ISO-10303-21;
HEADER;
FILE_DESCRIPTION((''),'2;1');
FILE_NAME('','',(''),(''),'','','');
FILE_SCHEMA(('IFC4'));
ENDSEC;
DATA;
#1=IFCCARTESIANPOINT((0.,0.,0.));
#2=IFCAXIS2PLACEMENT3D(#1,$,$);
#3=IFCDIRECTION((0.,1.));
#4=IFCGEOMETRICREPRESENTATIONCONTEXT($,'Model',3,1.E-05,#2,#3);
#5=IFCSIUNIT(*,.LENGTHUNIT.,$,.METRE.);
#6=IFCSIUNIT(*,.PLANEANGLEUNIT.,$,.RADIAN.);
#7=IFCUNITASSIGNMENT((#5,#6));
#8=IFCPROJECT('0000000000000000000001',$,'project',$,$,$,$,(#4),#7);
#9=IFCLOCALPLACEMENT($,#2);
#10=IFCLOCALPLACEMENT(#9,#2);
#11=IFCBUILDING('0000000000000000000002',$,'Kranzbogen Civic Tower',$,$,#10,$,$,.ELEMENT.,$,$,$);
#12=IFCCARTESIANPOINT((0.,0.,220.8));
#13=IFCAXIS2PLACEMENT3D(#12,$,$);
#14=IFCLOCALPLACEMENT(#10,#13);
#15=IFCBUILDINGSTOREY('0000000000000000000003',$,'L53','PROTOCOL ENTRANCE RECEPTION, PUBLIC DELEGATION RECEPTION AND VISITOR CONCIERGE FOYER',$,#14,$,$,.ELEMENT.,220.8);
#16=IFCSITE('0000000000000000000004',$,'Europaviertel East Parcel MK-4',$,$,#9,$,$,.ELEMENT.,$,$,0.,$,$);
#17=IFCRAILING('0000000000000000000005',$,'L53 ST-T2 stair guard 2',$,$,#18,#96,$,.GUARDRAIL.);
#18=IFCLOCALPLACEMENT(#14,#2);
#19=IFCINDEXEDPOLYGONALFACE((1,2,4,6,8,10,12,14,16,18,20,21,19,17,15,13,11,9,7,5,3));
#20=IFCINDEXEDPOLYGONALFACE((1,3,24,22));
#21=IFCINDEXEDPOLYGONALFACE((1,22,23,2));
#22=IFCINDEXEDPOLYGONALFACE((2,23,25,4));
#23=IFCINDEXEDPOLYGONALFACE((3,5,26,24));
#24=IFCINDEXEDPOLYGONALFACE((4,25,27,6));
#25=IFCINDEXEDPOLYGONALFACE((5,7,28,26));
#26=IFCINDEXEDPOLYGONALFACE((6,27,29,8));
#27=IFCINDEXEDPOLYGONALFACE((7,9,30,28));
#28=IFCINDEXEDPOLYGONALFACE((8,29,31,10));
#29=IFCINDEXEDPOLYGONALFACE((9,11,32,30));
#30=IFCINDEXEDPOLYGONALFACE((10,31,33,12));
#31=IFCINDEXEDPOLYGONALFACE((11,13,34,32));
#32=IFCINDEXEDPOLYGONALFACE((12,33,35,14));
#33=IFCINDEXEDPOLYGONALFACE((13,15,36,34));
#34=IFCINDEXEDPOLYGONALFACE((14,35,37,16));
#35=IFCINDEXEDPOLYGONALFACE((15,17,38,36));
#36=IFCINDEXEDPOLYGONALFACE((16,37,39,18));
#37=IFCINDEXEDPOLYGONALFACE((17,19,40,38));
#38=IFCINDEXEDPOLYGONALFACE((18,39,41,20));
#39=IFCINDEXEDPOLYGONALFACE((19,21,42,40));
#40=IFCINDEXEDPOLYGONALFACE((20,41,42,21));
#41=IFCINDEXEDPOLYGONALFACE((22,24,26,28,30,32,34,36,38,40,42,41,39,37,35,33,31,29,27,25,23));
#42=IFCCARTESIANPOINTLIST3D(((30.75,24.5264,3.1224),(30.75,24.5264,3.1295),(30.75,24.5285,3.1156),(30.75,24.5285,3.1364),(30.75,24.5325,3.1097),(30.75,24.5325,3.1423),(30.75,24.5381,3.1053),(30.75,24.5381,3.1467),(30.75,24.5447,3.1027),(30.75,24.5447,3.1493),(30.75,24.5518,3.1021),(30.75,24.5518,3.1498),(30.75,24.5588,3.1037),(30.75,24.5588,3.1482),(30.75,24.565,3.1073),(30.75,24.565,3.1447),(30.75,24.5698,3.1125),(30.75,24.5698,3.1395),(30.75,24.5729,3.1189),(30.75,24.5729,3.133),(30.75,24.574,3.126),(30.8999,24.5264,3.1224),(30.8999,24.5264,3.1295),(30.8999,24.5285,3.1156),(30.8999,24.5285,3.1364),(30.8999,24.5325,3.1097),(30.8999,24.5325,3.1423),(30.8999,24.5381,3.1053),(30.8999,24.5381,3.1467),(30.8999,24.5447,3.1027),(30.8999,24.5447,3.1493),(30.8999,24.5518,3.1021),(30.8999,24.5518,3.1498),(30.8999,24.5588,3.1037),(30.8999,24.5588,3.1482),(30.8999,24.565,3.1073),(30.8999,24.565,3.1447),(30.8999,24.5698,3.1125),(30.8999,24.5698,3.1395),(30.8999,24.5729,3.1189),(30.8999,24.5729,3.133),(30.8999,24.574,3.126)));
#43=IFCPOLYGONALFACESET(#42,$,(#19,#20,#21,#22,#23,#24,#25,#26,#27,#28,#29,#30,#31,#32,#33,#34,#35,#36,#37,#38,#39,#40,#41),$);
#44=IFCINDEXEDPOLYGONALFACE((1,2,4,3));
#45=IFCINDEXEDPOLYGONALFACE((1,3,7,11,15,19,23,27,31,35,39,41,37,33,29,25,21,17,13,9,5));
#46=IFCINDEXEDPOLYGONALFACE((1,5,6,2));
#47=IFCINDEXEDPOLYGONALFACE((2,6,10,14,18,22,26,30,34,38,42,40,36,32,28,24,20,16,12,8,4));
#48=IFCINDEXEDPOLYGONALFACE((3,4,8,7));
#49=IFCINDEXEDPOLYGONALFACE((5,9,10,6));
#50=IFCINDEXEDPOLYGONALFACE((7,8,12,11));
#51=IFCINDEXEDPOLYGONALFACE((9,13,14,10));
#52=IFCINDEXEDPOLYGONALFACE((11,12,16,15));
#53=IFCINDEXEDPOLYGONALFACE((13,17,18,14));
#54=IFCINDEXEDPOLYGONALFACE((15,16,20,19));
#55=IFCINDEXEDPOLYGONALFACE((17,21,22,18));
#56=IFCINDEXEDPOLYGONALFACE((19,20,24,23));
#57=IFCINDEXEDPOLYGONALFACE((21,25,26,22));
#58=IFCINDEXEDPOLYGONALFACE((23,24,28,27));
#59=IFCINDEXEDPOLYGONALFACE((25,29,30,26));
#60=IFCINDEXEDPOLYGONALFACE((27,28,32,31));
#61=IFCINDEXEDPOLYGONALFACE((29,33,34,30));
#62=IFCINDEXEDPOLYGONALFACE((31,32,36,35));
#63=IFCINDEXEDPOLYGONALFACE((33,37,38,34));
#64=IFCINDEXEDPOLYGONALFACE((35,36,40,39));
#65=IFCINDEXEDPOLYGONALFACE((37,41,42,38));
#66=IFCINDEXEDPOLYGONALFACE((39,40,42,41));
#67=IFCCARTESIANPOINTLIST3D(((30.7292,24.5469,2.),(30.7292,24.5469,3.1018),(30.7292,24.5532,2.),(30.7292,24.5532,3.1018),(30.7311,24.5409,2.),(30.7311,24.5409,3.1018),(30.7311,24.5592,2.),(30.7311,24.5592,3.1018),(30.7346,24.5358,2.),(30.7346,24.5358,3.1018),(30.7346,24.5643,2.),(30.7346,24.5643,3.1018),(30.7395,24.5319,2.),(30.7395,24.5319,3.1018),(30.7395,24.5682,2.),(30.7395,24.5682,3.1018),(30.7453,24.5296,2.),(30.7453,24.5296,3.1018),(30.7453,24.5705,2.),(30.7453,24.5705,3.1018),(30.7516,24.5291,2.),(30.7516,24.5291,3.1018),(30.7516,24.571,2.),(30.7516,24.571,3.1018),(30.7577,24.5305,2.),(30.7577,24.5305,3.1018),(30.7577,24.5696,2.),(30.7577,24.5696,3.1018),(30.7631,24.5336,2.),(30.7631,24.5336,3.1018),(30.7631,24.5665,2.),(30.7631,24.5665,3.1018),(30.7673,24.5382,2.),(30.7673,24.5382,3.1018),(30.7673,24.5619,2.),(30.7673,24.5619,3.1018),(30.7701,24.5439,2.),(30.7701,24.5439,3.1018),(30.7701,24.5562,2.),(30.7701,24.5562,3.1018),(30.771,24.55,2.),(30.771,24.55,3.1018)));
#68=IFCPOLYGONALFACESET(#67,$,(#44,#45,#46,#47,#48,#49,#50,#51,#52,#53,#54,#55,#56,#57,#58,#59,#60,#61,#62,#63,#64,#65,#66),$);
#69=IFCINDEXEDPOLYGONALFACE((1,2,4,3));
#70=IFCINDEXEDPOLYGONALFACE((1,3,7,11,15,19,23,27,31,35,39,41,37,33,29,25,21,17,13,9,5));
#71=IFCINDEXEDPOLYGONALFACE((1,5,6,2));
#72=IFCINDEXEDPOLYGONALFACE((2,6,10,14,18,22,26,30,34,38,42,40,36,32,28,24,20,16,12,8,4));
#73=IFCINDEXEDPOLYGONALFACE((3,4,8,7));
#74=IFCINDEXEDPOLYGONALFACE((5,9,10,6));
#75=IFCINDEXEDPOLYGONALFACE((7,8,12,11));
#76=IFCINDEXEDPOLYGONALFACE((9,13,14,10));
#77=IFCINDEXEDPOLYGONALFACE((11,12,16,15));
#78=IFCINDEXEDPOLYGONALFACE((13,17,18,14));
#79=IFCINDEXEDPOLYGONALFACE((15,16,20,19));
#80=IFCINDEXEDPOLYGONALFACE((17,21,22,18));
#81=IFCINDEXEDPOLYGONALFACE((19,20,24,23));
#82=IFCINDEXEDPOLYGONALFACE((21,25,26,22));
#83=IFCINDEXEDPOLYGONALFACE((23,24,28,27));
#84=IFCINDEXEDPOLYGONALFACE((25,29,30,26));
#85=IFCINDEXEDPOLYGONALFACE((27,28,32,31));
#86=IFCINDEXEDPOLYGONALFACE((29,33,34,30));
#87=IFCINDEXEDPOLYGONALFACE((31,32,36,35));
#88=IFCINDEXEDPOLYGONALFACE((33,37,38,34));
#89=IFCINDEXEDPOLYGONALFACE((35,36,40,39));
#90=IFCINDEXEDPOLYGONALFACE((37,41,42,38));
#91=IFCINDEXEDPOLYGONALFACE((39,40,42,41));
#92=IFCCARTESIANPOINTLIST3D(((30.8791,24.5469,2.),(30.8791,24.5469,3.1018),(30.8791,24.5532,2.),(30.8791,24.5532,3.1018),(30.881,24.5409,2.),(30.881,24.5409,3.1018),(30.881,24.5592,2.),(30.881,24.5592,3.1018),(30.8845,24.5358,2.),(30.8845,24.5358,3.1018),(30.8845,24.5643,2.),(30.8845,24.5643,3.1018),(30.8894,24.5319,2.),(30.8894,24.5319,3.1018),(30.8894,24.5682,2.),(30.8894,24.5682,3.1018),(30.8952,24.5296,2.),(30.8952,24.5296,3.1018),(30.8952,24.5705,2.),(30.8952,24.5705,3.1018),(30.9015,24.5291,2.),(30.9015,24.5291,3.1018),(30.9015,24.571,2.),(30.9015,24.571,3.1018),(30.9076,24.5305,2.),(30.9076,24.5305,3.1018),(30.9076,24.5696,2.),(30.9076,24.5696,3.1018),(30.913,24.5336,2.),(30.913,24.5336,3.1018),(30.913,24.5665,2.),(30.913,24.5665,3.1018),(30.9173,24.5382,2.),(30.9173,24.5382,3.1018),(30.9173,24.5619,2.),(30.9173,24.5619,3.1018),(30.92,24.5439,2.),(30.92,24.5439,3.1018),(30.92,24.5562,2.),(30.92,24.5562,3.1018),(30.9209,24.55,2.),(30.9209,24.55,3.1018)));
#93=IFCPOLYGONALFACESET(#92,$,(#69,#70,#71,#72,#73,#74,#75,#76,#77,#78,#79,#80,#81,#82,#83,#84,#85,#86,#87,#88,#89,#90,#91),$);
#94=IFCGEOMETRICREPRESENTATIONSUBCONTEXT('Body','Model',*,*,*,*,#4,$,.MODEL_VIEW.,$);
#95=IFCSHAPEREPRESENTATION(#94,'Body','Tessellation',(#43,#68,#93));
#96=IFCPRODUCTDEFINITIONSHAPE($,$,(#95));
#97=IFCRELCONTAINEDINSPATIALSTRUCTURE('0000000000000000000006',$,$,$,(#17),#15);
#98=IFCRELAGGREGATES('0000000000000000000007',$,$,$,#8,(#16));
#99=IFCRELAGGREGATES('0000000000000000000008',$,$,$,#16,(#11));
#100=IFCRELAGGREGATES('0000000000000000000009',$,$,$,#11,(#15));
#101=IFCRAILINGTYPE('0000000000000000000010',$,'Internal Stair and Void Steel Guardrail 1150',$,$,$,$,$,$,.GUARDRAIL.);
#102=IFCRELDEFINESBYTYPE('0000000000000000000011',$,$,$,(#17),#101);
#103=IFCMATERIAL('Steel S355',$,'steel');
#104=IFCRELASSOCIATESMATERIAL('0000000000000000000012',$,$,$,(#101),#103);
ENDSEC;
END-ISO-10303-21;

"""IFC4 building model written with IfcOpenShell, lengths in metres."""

from ifc_helpers import new_model, si_unit, direction, frame, origin, origin_2d, place, context, subcontext, project, spatial, circle, extrude, material, type_object, element, save


model = new_model("IFC4")

# Units and contexts
model_context = context("Model", 3, precision=1e-05, world=origin(), true_north=direction((0.0, 1.0)))
body_context = subcontext(model_context, "Body", "Model", "MODEL_VIEW")
ifc_project = project(units=[si_unit("LENGTHUNIT", "METRE"), si_unit("PLANEANGLEUNIT", "RADIAN")], contexts=[model_context])

# Site, building, storey
site_placement = place(None, origin())
site = spatial("IfcSite", under=ifc_project, at=site_placement, Name="Europaviertel East Parcel MK-4", CompositionType="ELEMENT", RefElevation=0.0)
building_placement = place(site_placement, origin())
building = spatial("IfcBuilding", under=site, at=building_placement, Name="Kranzbogen Civic Tower", CompositionType="ELEMENT")
storey_placement = place(building_placement, frame((0.0, 0.0, 220.8)))
storey = spatial("IfcBuildingStorey", under=building, at=storey_placement, Name="L53", Description="PROTOCOL ENTRANCE RECEPTION, PUBLIC DELEGATION RECEPTION AND VISITOR CONCIERGE FOYER", CompositionType="ELEMENT", Elevation=220.8)

# Shared definitions
ifc_material_1 = material(Name="Steel S355", Category="steel")

# Railing
railing_type = type_object("IfcRailingType", Name="Internal Stair and Void Steel Guardrail 1150", PredefinedType="GUARDRAIL", material=ifc_material_1)
railing_1_placement = place(storey_placement, frame((30.75, 24.55, 2.0)))
element("IfcRailing", 1, at=railing_1_placement, inside=storey, type_object=railing_type, Name="L53 ST-T2 stair guard 2", PredefinedType="GUARDRAIL", context=body_context, shape_type="SweptSolid", body=[
    extrude(circle(Radius=0.0239, at=origin_2d()), frame((0.0, 0.0, 1.126), z_axis=(1.0, 0.0, 0.0), x_axis=(0.0, 1.0, 0.0)), (0.0, 0.0, 1.0), 0.1499),
    extrude(circle(Radius=0.021, at=origin_2d()), origin(), (0.0, 0.0, 1.0), 1.1018),
    extrude(circle(Radius=0.021, at=origin_2d()), frame((0.1499, 0.0, 0.0)), (0.0, 0.0, 1.0), 1.1018),
])

save(model, "model.ifc")
